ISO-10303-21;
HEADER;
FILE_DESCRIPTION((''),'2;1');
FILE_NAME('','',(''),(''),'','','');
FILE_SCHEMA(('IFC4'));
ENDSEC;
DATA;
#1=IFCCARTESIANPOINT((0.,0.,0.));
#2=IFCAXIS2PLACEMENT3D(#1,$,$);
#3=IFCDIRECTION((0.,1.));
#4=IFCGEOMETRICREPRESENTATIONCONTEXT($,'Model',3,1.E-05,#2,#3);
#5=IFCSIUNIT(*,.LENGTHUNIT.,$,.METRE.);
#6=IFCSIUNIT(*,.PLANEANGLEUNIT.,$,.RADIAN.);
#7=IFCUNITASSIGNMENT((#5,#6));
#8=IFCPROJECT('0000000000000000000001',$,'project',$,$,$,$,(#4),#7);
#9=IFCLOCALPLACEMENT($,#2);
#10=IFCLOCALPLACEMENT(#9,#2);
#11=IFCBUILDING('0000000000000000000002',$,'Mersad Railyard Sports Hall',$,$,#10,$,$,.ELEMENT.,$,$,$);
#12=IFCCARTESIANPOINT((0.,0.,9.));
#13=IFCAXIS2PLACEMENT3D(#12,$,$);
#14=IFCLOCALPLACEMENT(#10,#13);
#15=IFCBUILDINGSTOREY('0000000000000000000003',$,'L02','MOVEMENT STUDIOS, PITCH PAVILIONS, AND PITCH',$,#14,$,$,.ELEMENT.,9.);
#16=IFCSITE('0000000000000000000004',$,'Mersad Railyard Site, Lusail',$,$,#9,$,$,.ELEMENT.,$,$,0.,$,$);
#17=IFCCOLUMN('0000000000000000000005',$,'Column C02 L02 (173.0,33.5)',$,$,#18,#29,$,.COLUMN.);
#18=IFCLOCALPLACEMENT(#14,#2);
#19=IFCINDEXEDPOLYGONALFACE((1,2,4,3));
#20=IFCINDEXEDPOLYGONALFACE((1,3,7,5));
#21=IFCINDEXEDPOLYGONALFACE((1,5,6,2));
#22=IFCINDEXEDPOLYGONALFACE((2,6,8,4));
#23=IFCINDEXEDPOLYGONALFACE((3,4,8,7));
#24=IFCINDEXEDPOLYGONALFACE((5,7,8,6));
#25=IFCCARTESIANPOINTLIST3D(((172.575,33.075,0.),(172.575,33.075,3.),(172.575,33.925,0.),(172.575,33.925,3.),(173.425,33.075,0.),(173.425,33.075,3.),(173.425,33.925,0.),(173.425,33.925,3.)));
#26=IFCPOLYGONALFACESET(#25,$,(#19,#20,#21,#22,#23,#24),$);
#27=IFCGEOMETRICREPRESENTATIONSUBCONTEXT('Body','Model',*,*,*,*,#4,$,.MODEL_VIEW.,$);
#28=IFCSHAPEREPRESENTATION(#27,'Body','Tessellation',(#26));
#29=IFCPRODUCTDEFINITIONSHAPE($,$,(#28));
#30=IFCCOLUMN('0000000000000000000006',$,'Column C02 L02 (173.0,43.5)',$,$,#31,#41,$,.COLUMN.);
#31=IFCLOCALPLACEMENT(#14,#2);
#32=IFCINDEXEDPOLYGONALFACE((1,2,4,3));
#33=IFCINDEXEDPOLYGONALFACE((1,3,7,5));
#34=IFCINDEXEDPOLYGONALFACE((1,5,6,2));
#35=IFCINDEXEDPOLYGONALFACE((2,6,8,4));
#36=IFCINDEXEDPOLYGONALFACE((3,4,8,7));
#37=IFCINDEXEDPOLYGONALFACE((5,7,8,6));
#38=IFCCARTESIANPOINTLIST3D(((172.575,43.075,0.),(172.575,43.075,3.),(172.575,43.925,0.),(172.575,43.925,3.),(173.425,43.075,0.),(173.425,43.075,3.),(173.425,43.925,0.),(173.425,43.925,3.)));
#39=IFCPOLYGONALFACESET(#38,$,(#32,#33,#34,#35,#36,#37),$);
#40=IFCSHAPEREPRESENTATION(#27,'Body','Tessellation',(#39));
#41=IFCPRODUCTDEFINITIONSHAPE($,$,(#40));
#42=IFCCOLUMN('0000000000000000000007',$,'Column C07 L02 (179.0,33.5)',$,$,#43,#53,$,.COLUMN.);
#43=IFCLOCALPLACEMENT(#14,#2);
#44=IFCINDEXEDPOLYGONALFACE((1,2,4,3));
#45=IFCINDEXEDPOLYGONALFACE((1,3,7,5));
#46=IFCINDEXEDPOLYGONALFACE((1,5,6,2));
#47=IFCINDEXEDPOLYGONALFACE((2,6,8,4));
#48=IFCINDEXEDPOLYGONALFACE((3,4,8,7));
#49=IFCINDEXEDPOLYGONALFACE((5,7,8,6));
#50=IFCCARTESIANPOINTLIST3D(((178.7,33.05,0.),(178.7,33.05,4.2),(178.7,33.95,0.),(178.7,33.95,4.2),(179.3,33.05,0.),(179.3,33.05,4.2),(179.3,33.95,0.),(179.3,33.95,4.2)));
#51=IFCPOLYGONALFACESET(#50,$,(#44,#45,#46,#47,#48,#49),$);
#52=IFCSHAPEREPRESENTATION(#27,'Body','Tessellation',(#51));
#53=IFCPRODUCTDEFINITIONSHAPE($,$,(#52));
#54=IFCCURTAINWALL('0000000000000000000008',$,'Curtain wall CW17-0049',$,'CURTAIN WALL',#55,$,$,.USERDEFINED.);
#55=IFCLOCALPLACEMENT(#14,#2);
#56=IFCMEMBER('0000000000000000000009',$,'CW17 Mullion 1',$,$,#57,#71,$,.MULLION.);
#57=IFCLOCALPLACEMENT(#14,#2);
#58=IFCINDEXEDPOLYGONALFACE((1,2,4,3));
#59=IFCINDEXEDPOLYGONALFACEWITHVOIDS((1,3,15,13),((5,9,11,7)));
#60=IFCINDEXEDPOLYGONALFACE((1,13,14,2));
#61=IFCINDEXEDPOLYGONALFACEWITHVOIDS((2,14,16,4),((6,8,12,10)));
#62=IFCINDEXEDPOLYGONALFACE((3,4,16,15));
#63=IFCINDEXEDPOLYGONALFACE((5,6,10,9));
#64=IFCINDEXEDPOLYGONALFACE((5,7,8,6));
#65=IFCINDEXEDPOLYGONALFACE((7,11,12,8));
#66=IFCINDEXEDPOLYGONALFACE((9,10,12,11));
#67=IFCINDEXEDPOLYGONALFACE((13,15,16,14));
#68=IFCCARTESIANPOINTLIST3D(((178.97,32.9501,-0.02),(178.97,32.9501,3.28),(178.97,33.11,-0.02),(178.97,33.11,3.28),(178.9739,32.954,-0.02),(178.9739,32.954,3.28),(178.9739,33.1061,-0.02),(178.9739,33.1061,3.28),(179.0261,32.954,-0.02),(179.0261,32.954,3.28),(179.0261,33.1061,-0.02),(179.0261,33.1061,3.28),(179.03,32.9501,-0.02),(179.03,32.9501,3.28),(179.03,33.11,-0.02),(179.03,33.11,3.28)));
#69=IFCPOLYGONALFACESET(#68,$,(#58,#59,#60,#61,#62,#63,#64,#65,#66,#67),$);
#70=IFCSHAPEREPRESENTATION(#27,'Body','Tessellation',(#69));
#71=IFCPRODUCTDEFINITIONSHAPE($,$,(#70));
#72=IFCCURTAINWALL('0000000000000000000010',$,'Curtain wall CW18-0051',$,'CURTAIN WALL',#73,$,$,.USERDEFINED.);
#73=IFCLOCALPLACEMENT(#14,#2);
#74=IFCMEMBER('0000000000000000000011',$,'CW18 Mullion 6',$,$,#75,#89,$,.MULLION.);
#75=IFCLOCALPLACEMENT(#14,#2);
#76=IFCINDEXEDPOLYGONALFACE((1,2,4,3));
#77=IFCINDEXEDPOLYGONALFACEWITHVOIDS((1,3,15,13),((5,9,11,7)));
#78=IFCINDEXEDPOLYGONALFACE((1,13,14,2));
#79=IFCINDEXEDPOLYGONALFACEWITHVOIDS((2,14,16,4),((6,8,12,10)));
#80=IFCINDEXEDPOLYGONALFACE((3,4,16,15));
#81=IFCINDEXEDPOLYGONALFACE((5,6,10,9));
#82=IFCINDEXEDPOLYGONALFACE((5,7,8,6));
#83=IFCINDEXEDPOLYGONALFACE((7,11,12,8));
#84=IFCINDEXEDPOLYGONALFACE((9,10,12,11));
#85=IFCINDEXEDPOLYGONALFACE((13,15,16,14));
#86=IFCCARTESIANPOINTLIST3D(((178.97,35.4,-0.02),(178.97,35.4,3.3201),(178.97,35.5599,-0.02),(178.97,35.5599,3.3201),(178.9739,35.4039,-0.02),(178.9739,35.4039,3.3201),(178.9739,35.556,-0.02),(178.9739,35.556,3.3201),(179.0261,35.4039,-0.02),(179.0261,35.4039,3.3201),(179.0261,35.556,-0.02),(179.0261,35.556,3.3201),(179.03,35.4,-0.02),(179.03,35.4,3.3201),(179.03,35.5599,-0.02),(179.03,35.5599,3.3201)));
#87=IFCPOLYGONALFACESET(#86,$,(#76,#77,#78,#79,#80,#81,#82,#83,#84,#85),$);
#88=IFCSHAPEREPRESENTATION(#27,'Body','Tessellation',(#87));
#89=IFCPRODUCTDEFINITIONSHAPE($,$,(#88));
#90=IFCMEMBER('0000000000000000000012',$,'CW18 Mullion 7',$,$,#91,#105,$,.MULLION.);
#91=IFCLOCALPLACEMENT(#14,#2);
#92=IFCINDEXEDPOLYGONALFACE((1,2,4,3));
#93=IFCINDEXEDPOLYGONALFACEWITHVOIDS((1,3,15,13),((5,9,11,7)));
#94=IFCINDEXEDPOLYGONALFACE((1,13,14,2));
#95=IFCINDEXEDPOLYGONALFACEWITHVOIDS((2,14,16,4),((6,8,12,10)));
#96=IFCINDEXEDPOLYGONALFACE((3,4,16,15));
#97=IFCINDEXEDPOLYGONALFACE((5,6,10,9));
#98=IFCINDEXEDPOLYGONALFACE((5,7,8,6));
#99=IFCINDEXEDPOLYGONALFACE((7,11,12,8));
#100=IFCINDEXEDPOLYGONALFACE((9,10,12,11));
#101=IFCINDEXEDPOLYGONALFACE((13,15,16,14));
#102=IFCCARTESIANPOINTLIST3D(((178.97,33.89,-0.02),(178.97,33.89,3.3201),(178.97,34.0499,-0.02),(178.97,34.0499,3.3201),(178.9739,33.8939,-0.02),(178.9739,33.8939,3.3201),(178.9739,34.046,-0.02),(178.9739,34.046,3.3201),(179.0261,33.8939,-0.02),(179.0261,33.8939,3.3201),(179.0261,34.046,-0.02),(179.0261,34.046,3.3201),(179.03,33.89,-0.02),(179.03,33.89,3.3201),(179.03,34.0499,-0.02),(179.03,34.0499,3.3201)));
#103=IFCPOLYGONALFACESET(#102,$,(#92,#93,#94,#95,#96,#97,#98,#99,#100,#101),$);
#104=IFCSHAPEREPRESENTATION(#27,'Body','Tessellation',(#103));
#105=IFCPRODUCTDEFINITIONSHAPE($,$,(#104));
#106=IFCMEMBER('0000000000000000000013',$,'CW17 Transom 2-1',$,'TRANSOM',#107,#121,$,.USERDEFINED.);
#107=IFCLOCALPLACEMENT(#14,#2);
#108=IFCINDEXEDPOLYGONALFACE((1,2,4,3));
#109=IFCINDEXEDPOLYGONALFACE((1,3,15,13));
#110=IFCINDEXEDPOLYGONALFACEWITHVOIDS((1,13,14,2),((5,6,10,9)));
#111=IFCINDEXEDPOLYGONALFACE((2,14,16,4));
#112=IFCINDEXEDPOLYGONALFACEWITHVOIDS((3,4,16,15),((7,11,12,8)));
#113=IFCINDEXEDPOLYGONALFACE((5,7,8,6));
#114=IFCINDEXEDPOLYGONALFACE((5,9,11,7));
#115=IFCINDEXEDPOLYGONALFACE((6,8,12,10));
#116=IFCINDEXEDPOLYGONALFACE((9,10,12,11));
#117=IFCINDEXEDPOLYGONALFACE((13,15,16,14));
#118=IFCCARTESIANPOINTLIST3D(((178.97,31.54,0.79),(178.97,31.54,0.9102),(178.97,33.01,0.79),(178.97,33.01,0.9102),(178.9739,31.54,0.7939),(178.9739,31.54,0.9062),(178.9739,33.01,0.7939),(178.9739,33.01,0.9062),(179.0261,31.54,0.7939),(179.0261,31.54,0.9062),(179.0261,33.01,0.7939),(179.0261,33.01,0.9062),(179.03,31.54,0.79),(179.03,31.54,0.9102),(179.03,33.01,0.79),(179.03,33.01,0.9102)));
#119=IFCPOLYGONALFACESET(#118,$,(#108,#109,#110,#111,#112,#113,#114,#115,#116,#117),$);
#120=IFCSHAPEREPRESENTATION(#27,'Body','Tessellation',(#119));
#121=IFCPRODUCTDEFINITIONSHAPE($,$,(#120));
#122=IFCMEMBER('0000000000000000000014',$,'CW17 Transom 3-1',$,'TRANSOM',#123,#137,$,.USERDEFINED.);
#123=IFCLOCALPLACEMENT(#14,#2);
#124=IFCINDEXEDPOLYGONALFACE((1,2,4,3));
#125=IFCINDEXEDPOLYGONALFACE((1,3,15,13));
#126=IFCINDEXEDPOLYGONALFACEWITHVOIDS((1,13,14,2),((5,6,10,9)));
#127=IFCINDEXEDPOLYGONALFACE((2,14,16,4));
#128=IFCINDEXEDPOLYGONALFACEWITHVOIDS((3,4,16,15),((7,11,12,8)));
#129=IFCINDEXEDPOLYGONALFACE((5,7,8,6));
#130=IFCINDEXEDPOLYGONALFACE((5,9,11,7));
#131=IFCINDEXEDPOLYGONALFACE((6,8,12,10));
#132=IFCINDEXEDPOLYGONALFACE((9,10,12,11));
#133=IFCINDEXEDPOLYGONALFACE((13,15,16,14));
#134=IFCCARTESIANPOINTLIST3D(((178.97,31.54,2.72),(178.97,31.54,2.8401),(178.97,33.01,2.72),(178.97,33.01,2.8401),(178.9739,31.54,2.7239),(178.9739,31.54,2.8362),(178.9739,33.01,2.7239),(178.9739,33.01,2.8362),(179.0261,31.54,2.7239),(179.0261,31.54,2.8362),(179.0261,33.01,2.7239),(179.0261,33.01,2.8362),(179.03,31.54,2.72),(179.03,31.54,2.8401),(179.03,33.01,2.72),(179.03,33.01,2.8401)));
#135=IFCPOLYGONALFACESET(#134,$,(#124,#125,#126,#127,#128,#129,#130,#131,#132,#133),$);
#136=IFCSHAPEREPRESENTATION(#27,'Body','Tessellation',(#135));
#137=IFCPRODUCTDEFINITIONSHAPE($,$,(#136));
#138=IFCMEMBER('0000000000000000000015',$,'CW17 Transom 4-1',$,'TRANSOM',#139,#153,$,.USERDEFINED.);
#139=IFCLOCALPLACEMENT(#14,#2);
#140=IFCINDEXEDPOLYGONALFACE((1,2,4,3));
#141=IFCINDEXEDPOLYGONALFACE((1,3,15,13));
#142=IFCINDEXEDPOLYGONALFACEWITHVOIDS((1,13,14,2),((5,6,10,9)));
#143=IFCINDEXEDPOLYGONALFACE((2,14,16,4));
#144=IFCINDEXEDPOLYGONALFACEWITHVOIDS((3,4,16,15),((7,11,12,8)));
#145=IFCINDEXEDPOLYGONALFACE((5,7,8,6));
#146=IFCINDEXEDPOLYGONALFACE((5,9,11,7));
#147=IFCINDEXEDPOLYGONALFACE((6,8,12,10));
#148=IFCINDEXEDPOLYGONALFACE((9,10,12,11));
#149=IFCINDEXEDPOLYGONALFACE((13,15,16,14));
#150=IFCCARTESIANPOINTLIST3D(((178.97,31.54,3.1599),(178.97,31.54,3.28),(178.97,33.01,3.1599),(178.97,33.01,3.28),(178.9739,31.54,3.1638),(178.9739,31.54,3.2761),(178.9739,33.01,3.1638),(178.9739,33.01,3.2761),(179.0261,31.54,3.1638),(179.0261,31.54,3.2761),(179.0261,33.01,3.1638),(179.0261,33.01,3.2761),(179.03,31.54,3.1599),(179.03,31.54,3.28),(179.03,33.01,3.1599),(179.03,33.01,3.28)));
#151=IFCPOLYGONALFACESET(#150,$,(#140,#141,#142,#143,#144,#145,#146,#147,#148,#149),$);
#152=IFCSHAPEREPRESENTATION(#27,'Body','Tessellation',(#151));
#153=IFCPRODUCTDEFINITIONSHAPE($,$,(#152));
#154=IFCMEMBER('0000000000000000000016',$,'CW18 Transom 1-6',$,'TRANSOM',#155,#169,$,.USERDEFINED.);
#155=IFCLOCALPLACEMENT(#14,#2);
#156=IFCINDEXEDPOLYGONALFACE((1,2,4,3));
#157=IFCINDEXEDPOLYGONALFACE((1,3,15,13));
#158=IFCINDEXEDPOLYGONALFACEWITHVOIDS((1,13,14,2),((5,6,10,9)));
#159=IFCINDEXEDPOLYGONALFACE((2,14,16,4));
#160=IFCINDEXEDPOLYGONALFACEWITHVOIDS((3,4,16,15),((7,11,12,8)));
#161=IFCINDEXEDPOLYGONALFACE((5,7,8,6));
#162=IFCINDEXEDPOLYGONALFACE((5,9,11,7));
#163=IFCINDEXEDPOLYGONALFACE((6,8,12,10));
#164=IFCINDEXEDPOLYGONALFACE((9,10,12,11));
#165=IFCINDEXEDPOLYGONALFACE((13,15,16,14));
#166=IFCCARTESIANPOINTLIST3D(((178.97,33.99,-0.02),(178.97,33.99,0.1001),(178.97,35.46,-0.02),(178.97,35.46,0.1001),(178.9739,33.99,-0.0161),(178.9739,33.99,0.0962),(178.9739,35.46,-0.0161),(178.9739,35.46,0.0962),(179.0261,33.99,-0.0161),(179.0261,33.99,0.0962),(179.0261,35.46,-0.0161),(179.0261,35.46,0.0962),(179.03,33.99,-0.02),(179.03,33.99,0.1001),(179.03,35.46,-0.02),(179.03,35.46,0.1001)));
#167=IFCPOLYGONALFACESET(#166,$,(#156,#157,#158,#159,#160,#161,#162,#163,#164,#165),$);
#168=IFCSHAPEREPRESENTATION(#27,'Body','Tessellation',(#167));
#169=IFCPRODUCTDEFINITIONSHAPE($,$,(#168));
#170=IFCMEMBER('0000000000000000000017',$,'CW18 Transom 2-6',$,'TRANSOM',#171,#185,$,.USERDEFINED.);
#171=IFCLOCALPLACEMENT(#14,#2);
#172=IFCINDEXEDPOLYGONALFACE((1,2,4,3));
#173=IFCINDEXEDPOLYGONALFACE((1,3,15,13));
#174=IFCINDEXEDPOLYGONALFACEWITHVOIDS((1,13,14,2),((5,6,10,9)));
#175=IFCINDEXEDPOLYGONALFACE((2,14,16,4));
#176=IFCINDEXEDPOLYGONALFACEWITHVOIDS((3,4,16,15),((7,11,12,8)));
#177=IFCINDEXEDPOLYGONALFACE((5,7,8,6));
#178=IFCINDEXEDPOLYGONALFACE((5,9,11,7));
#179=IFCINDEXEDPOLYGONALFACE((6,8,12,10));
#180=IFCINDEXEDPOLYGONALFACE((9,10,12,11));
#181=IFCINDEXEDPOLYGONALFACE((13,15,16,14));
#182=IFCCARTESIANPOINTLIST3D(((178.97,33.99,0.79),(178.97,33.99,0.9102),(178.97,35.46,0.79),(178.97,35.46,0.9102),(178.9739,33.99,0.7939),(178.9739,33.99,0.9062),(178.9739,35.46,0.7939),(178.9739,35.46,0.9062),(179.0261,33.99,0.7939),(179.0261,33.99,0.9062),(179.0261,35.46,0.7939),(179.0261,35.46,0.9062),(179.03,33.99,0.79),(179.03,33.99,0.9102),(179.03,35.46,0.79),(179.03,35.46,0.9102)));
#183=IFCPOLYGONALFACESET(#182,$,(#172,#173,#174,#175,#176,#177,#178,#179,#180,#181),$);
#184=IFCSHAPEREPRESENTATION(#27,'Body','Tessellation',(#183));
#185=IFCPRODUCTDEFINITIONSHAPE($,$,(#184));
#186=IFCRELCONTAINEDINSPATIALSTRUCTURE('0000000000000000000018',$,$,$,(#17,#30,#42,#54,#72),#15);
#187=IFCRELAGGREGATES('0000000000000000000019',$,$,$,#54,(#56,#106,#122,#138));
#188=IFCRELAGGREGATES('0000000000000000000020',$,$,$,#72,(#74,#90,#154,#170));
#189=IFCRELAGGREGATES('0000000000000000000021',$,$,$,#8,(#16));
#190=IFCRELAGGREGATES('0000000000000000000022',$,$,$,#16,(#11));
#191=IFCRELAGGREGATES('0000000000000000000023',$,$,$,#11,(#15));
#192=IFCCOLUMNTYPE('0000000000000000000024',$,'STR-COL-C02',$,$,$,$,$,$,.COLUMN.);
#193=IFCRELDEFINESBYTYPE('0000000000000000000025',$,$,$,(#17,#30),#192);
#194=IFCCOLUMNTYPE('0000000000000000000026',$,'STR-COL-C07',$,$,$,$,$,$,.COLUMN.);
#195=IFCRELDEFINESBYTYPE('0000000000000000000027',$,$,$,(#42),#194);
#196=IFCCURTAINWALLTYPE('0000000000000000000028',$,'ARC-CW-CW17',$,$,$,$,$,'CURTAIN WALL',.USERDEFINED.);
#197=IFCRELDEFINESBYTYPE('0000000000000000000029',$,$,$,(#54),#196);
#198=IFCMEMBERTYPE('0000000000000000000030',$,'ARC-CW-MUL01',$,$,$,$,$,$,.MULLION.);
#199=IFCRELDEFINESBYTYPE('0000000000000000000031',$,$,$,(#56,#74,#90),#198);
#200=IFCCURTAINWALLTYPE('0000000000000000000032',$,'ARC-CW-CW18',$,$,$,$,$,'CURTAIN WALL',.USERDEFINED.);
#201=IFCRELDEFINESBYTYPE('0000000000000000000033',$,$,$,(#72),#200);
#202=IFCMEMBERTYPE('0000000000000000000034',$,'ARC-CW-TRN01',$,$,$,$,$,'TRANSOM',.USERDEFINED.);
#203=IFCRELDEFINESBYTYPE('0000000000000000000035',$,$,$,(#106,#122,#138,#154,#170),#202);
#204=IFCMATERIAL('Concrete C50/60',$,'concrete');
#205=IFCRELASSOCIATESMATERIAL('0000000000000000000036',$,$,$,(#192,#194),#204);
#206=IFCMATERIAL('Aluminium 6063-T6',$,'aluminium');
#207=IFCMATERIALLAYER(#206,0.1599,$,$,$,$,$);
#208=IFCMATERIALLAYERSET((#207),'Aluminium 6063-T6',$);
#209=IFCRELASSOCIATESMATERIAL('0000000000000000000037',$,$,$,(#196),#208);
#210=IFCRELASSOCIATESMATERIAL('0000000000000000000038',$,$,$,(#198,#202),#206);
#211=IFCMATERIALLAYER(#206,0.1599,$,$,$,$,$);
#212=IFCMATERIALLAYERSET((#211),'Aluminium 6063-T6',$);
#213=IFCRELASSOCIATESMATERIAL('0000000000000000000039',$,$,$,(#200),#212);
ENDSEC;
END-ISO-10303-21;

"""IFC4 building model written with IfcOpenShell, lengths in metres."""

from ifc_helpers import new_model, si_unit, direction, frame, origin, origin_2d, place, context, subcontext, project, spatial, rectangle, hollow_rectangle, extrude, material, layer, layer_set, material_profile, profile_set, type_object, element, aggregate, save


model = new_model("IFC4")

# Units and contexts
model_context = context("Model", 3, precision=1e-05, world=origin(), true_north=direction((0.0, 1.0)))
body_context = subcontext(model_context, "Body", "Model", "MODEL_VIEW")
ifc_project = project(units=[si_unit("LENGTHUNIT", "METRE"), si_unit("PLANEANGLEUNIT", "RADIAN")], contexts=[model_context])

# Site, building, storey
site_placement = place(None, origin())
site = spatial("IfcSite", under=ifc_project, at=site_placement, Name="Mersad Railyard Site, Lusail", CompositionType="ELEMENT", RefElevation=0.0)
building_placement = place(site_placement, origin())
building = spatial("IfcBuilding", under=site, at=building_placement, Name="Mersad Railyard Sports Hall", CompositionType="ELEMENT")
storey_placement = place(building_placement, frame((0.0, 0.0, 9.0)))
storey = spatial("IfcBuildingStorey", under=building, at=storey_placement, Name="L02", Description="MOVEMENT STUDIOS, PITCH PAVILIONS, AND PITCH", CompositionType="ELEMENT", Elevation=9.0)

# Columns
ifc_material_1 = material(Name="Concrete C50/60", Category="concrete")
ifc_material_profile_1 = material_profile(ifc_material_1, rectangle(XDim=0.8501, YDim=0.8501, at=origin_2d()), Name="RC 850x850")
ifc_profile_set_1 = profile_set([ifc_material_profile_1], Name="Concrete C50/60")
column_type_1 = type_object("IfcColumnType", Name="STR-COL-C02", PredefinedType="COLUMN", material=ifc_profile_set_1)
for number, where, z_axis, x_axis, name in (
    (1, (173.0, 33.5, 0.0), (0.0, 0.0, 1.0), (1.0, 0.0, 0.0), "Column C02 L02 (173.0,33.5)"),
    (2, (173.0, 43.5, 0.0), (0.0, 0.0, 1.0), (1.0, 0.0, 0.0), "Column C02 L02 (173.0,43.5)"),
):
    element("IfcColumn", number, at=place(storey_placement, frame(where, z_axis=z_axis, x_axis=x_axis)), inside=storey, type_object=column_type_1, Name=name, PredefinedType="COLUMN", context=body_context, shape_type="SweptSolid", body=[
        extrude(rectangle(XDim=0.8501, YDim=0.8501, at=origin_2d()), origin(), (0.0, 0.0, 1.0), 3.0),
    ])
ifc_material_profile_2 = material_profile(ifc_material_1, rectangle(XDim=0.6001, YDim=0.8999, at=origin_2d()), Name="RC 600x900")
ifc_profile_set_2 = profile_set([ifc_material_profile_2], Name="Concrete C50/60")
column_type_2 = type_object("IfcColumnType", Name="STR-COL-C07", PredefinedType="COLUMN", material=ifc_profile_set_2)
column_placement = place(storey_placement, frame((179.0, 33.5, 0.0), z_axis=(0.0, 0.0, 1.0), x_axis=(1.0, 0.0, 0.0)))
element("IfcColumn", 3, at=column_placement, inside=storey, type_object=column_type_2, Name="Column C07 L02 (179.0,33.5)", PredefinedType="COLUMN", context=body_context, shape_type="SweptSolid", body=[
    extrude(rectangle(XDim=0.6001, YDim=0.8999, at=origin_2d()), origin(), (0.0, 0.0, 1.0), 4.2),
])

# Curtain wall, member
ifc_material_2 = material(Name="Aluminium 6063-T6", Category="aluminium")
ifc_layer_1 = layer(ifc_material_2, 0.1599)
ifc_layer_set_1 = layer_set([ifc_layer_1], Name="Aluminium 6063-T6")
curtain_wall_type_1 = type_object("IfcCurtainWallType", Name="ARC-CW-CW17", ElementType="CURTAIN WALL", PredefinedType="USERDEFINED", material=ifc_layer_set_1)
curtain_wall_1_placement = place(storey_placement, origin())
curtain_wall_1 = element("IfcCurtainWall", 4, at=curtain_wall_1_placement, inside=storey, type_object=curtain_wall_type_1, Name="Curtain wall CW17-0049", ObjectType="CURTAIN WALL", PredefinedType="USERDEFINED")
ifc_material_profile_3 = material_profile(ifc_material_2, hollow_rectangle(XDim=0.0601, YDim=0.1599, WallThickness=0.0039, at=origin_2d()), Name="AL MULLION 60x160x4")
ifc_profile_set_3 = profile_set([ifc_material_profile_3], Name="Aluminium 6063-T6")
member_type_1 = type_object("IfcMemberType", Name="ARC-CW-MUL01", PredefinedType="MULLION", material=ifc_profile_set_3)
member_1_placement = place(storey_placement, frame((179.0, 33.03, -0.02), z_axis=(0.0, 0.0, 1.0), x_axis=(1.0, 0.0, 0.0)))
member_1 = element("IfcMember", 5, at=member_1_placement, type_object=member_type_1, Name="CW17 Mullion 1", PredefinedType="MULLION", context=body_context, shape_type="SweptSolid", body=[
    extrude(hollow_rectangle(XDim=0.0601, YDim=0.1599, WallThickness=0.0039, at=origin_2d()), origin(), (0.0, 0.0, 1.0), 3.3),
])

# Curtain wall, members
ifc_layer_2 = layer(ifc_material_2, 0.1599)
ifc_layer_set_2 = layer_set([ifc_layer_2], Name="Aluminium 6063-T6")
curtain_wall_type_2 = type_object("IfcCurtainWallType", Name="ARC-CW-CW18", ElementType="CURTAIN WALL", PredefinedType="USERDEFINED", material=ifc_layer_set_2)
curtain_wall_2_placement = place(storey_placement, origin())
curtain_wall_2 = element("IfcCurtainWall", 6, at=curtain_wall_2_placement, inside=storey, type_object=curtain_wall_type_2, Name="Curtain wall CW18-0051", ObjectType="CURTAIN WALL", PredefinedType="USERDEFINED")
member_2_placement = place(storey_placement, frame((179.0, 35.48, -0.02), z_axis=(0.0, 0.0, 1.0), x_axis=(1.0, 0.0, 0.0)))
member_2 = element("IfcMember", 7, at=member_2_placement, type_object=member_type_1, Name="CW18 Mullion 6", PredefinedType="MULLION", context=body_context, shape_type="SweptSolid", body=[
    extrude(hollow_rectangle(XDim=0.0601, YDim=0.1599, WallThickness=0.0039, at=origin_2d()), origin(), (0.0, 0.0, 1.0), 3.3401),
])
member_3_placement = place(storey_placement, frame((179.0, 33.97, -0.02), z_axis=(0.0, 0.0, 1.0), x_axis=(1.0, 0.0, 0.0)))
member_3 = element("IfcMember", 8, at=member_3_placement, type_object=member_type_1, Name="CW18 Mullion 7", PredefinedType="MULLION", context=body_context, shape_type="SweptSolid", body=[
    extrude(hollow_rectangle(XDim=0.0601, YDim=0.1599, WallThickness=0.0039, at=origin_2d()), origin(), (0.0, 0.0, 1.0), 3.3401),
])

# Members
ifc_material_profile_4 = material_profile(ifc_material_2, hollow_rectangle(XDim=0.0601, YDim=0.1201, WallThickness=0.0039, at=origin_2d()), Name="AL TRANSOM 60x120x4")
ifc_profile_set_4 = profile_set([ifc_material_profile_4], Name="Aluminium 6063-T6")
member_type_2 = type_object("IfcMemberType", Name="ARC-CW-TRN01", ElementType="TRANSOM", PredefinedType="USERDEFINED", material=ifc_profile_set_4)
member_4_placement = place(storey_placement, frame((179.0, 33.01, 0.8501), z_axis=(0.0, -1.0, 0.0), x_axis=(1.0, 0.0, 0.0)))
member_4 = element("IfcMember", 9, at=member_4_placement, type_object=member_type_2, Name="CW17 Transom 2-1", ObjectType="TRANSOM", PredefinedType="USERDEFINED", context=body_context, shape_type="SweptSolid", body=[
    extrude(hollow_rectangle(XDim=0.0601, YDim=0.1201, WallThickness=0.0039, at=origin_2d()), origin(), (0.0, 0.0, 1.0), 1.47),
])
member_5_placement = place(storey_placement, frame((179.0, 33.01, 2.78), z_axis=(0.0, -1.0, 0.0), x_axis=(1.0, 0.0, 0.0)))
member_5 = element("IfcMember", 10, at=member_5_placement, type_object=member_type_2, Name="CW17 Transom 3-1", ObjectType="TRANSOM", PredefinedType="USERDEFINED", context=body_context, shape_type="SweptSolid", body=[
    extrude(hollow_rectangle(XDim=0.0601, YDim=0.1201, WallThickness=0.0039, at=origin_2d()), origin(), (0.0, 0.0, 1.0), 1.47),
])
member_6_placement = place(storey_placement, frame((179.0, 33.01, 3.22), z_axis=(0.0, -1.0, 0.0), x_axis=(1.0, 0.0, 0.0)))
member_6 = element("IfcMember", 11, at=member_6_placement, type_object=member_type_2, Name="CW17 Transom 4-1", ObjectType="TRANSOM", PredefinedType="USERDEFINED", context=body_context, shape_type="SweptSolid", body=[
    extrude(hollow_rectangle(XDim=0.0601, YDim=0.1201, WallThickness=0.0039, at=origin_2d()), origin(), (0.0, 0.0, 1.0), 1.47),
])
aggregate(curtain_wall_1, [member_1, member_4, member_5, member_6])
member_7_placement = place(storey_placement, frame((179.0, 35.46, 0.04), z_axis=(0.0, -1.0, 0.0), x_axis=(1.0, 0.0, 0.0)))
member_7 = element("IfcMember", 12, at=member_7_placement, type_object=member_type_2, Name="CW18 Transom 1-6", ObjectType="TRANSOM", PredefinedType="USERDEFINED", context=body_context, shape_type="SweptSolid", body=[
    extrude(hollow_rectangle(XDim=0.0601, YDim=0.1201, WallThickness=0.0039, at=origin_2d()), origin(), (0.0, 0.0, 1.0), 1.47),
])
member_8_placement = place(storey_placement, frame((179.0, 35.46, 0.8501), z_axis=(0.0, -1.0, 0.0), x_axis=(1.0, 0.0, 0.0)))
member_8 = element("IfcMember", 13, at=member_8_placement, type_object=member_type_2, Name="CW18 Transom 2-6", ObjectType="TRANSOM", PredefinedType="USERDEFINED", context=body_context, shape_type="SweptSolid", body=[
    extrude(hollow_rectangle(XDim=0.0601, YDim=0.1201, WallThickness=0.0039, at=origin_2d()), origin(), (0.0, 0.0, 1.0), 1.47),
])

aggregate(curtain_wall_2, [member_2, member_3, member_7, member_8])

save(model, "model.ifc")
